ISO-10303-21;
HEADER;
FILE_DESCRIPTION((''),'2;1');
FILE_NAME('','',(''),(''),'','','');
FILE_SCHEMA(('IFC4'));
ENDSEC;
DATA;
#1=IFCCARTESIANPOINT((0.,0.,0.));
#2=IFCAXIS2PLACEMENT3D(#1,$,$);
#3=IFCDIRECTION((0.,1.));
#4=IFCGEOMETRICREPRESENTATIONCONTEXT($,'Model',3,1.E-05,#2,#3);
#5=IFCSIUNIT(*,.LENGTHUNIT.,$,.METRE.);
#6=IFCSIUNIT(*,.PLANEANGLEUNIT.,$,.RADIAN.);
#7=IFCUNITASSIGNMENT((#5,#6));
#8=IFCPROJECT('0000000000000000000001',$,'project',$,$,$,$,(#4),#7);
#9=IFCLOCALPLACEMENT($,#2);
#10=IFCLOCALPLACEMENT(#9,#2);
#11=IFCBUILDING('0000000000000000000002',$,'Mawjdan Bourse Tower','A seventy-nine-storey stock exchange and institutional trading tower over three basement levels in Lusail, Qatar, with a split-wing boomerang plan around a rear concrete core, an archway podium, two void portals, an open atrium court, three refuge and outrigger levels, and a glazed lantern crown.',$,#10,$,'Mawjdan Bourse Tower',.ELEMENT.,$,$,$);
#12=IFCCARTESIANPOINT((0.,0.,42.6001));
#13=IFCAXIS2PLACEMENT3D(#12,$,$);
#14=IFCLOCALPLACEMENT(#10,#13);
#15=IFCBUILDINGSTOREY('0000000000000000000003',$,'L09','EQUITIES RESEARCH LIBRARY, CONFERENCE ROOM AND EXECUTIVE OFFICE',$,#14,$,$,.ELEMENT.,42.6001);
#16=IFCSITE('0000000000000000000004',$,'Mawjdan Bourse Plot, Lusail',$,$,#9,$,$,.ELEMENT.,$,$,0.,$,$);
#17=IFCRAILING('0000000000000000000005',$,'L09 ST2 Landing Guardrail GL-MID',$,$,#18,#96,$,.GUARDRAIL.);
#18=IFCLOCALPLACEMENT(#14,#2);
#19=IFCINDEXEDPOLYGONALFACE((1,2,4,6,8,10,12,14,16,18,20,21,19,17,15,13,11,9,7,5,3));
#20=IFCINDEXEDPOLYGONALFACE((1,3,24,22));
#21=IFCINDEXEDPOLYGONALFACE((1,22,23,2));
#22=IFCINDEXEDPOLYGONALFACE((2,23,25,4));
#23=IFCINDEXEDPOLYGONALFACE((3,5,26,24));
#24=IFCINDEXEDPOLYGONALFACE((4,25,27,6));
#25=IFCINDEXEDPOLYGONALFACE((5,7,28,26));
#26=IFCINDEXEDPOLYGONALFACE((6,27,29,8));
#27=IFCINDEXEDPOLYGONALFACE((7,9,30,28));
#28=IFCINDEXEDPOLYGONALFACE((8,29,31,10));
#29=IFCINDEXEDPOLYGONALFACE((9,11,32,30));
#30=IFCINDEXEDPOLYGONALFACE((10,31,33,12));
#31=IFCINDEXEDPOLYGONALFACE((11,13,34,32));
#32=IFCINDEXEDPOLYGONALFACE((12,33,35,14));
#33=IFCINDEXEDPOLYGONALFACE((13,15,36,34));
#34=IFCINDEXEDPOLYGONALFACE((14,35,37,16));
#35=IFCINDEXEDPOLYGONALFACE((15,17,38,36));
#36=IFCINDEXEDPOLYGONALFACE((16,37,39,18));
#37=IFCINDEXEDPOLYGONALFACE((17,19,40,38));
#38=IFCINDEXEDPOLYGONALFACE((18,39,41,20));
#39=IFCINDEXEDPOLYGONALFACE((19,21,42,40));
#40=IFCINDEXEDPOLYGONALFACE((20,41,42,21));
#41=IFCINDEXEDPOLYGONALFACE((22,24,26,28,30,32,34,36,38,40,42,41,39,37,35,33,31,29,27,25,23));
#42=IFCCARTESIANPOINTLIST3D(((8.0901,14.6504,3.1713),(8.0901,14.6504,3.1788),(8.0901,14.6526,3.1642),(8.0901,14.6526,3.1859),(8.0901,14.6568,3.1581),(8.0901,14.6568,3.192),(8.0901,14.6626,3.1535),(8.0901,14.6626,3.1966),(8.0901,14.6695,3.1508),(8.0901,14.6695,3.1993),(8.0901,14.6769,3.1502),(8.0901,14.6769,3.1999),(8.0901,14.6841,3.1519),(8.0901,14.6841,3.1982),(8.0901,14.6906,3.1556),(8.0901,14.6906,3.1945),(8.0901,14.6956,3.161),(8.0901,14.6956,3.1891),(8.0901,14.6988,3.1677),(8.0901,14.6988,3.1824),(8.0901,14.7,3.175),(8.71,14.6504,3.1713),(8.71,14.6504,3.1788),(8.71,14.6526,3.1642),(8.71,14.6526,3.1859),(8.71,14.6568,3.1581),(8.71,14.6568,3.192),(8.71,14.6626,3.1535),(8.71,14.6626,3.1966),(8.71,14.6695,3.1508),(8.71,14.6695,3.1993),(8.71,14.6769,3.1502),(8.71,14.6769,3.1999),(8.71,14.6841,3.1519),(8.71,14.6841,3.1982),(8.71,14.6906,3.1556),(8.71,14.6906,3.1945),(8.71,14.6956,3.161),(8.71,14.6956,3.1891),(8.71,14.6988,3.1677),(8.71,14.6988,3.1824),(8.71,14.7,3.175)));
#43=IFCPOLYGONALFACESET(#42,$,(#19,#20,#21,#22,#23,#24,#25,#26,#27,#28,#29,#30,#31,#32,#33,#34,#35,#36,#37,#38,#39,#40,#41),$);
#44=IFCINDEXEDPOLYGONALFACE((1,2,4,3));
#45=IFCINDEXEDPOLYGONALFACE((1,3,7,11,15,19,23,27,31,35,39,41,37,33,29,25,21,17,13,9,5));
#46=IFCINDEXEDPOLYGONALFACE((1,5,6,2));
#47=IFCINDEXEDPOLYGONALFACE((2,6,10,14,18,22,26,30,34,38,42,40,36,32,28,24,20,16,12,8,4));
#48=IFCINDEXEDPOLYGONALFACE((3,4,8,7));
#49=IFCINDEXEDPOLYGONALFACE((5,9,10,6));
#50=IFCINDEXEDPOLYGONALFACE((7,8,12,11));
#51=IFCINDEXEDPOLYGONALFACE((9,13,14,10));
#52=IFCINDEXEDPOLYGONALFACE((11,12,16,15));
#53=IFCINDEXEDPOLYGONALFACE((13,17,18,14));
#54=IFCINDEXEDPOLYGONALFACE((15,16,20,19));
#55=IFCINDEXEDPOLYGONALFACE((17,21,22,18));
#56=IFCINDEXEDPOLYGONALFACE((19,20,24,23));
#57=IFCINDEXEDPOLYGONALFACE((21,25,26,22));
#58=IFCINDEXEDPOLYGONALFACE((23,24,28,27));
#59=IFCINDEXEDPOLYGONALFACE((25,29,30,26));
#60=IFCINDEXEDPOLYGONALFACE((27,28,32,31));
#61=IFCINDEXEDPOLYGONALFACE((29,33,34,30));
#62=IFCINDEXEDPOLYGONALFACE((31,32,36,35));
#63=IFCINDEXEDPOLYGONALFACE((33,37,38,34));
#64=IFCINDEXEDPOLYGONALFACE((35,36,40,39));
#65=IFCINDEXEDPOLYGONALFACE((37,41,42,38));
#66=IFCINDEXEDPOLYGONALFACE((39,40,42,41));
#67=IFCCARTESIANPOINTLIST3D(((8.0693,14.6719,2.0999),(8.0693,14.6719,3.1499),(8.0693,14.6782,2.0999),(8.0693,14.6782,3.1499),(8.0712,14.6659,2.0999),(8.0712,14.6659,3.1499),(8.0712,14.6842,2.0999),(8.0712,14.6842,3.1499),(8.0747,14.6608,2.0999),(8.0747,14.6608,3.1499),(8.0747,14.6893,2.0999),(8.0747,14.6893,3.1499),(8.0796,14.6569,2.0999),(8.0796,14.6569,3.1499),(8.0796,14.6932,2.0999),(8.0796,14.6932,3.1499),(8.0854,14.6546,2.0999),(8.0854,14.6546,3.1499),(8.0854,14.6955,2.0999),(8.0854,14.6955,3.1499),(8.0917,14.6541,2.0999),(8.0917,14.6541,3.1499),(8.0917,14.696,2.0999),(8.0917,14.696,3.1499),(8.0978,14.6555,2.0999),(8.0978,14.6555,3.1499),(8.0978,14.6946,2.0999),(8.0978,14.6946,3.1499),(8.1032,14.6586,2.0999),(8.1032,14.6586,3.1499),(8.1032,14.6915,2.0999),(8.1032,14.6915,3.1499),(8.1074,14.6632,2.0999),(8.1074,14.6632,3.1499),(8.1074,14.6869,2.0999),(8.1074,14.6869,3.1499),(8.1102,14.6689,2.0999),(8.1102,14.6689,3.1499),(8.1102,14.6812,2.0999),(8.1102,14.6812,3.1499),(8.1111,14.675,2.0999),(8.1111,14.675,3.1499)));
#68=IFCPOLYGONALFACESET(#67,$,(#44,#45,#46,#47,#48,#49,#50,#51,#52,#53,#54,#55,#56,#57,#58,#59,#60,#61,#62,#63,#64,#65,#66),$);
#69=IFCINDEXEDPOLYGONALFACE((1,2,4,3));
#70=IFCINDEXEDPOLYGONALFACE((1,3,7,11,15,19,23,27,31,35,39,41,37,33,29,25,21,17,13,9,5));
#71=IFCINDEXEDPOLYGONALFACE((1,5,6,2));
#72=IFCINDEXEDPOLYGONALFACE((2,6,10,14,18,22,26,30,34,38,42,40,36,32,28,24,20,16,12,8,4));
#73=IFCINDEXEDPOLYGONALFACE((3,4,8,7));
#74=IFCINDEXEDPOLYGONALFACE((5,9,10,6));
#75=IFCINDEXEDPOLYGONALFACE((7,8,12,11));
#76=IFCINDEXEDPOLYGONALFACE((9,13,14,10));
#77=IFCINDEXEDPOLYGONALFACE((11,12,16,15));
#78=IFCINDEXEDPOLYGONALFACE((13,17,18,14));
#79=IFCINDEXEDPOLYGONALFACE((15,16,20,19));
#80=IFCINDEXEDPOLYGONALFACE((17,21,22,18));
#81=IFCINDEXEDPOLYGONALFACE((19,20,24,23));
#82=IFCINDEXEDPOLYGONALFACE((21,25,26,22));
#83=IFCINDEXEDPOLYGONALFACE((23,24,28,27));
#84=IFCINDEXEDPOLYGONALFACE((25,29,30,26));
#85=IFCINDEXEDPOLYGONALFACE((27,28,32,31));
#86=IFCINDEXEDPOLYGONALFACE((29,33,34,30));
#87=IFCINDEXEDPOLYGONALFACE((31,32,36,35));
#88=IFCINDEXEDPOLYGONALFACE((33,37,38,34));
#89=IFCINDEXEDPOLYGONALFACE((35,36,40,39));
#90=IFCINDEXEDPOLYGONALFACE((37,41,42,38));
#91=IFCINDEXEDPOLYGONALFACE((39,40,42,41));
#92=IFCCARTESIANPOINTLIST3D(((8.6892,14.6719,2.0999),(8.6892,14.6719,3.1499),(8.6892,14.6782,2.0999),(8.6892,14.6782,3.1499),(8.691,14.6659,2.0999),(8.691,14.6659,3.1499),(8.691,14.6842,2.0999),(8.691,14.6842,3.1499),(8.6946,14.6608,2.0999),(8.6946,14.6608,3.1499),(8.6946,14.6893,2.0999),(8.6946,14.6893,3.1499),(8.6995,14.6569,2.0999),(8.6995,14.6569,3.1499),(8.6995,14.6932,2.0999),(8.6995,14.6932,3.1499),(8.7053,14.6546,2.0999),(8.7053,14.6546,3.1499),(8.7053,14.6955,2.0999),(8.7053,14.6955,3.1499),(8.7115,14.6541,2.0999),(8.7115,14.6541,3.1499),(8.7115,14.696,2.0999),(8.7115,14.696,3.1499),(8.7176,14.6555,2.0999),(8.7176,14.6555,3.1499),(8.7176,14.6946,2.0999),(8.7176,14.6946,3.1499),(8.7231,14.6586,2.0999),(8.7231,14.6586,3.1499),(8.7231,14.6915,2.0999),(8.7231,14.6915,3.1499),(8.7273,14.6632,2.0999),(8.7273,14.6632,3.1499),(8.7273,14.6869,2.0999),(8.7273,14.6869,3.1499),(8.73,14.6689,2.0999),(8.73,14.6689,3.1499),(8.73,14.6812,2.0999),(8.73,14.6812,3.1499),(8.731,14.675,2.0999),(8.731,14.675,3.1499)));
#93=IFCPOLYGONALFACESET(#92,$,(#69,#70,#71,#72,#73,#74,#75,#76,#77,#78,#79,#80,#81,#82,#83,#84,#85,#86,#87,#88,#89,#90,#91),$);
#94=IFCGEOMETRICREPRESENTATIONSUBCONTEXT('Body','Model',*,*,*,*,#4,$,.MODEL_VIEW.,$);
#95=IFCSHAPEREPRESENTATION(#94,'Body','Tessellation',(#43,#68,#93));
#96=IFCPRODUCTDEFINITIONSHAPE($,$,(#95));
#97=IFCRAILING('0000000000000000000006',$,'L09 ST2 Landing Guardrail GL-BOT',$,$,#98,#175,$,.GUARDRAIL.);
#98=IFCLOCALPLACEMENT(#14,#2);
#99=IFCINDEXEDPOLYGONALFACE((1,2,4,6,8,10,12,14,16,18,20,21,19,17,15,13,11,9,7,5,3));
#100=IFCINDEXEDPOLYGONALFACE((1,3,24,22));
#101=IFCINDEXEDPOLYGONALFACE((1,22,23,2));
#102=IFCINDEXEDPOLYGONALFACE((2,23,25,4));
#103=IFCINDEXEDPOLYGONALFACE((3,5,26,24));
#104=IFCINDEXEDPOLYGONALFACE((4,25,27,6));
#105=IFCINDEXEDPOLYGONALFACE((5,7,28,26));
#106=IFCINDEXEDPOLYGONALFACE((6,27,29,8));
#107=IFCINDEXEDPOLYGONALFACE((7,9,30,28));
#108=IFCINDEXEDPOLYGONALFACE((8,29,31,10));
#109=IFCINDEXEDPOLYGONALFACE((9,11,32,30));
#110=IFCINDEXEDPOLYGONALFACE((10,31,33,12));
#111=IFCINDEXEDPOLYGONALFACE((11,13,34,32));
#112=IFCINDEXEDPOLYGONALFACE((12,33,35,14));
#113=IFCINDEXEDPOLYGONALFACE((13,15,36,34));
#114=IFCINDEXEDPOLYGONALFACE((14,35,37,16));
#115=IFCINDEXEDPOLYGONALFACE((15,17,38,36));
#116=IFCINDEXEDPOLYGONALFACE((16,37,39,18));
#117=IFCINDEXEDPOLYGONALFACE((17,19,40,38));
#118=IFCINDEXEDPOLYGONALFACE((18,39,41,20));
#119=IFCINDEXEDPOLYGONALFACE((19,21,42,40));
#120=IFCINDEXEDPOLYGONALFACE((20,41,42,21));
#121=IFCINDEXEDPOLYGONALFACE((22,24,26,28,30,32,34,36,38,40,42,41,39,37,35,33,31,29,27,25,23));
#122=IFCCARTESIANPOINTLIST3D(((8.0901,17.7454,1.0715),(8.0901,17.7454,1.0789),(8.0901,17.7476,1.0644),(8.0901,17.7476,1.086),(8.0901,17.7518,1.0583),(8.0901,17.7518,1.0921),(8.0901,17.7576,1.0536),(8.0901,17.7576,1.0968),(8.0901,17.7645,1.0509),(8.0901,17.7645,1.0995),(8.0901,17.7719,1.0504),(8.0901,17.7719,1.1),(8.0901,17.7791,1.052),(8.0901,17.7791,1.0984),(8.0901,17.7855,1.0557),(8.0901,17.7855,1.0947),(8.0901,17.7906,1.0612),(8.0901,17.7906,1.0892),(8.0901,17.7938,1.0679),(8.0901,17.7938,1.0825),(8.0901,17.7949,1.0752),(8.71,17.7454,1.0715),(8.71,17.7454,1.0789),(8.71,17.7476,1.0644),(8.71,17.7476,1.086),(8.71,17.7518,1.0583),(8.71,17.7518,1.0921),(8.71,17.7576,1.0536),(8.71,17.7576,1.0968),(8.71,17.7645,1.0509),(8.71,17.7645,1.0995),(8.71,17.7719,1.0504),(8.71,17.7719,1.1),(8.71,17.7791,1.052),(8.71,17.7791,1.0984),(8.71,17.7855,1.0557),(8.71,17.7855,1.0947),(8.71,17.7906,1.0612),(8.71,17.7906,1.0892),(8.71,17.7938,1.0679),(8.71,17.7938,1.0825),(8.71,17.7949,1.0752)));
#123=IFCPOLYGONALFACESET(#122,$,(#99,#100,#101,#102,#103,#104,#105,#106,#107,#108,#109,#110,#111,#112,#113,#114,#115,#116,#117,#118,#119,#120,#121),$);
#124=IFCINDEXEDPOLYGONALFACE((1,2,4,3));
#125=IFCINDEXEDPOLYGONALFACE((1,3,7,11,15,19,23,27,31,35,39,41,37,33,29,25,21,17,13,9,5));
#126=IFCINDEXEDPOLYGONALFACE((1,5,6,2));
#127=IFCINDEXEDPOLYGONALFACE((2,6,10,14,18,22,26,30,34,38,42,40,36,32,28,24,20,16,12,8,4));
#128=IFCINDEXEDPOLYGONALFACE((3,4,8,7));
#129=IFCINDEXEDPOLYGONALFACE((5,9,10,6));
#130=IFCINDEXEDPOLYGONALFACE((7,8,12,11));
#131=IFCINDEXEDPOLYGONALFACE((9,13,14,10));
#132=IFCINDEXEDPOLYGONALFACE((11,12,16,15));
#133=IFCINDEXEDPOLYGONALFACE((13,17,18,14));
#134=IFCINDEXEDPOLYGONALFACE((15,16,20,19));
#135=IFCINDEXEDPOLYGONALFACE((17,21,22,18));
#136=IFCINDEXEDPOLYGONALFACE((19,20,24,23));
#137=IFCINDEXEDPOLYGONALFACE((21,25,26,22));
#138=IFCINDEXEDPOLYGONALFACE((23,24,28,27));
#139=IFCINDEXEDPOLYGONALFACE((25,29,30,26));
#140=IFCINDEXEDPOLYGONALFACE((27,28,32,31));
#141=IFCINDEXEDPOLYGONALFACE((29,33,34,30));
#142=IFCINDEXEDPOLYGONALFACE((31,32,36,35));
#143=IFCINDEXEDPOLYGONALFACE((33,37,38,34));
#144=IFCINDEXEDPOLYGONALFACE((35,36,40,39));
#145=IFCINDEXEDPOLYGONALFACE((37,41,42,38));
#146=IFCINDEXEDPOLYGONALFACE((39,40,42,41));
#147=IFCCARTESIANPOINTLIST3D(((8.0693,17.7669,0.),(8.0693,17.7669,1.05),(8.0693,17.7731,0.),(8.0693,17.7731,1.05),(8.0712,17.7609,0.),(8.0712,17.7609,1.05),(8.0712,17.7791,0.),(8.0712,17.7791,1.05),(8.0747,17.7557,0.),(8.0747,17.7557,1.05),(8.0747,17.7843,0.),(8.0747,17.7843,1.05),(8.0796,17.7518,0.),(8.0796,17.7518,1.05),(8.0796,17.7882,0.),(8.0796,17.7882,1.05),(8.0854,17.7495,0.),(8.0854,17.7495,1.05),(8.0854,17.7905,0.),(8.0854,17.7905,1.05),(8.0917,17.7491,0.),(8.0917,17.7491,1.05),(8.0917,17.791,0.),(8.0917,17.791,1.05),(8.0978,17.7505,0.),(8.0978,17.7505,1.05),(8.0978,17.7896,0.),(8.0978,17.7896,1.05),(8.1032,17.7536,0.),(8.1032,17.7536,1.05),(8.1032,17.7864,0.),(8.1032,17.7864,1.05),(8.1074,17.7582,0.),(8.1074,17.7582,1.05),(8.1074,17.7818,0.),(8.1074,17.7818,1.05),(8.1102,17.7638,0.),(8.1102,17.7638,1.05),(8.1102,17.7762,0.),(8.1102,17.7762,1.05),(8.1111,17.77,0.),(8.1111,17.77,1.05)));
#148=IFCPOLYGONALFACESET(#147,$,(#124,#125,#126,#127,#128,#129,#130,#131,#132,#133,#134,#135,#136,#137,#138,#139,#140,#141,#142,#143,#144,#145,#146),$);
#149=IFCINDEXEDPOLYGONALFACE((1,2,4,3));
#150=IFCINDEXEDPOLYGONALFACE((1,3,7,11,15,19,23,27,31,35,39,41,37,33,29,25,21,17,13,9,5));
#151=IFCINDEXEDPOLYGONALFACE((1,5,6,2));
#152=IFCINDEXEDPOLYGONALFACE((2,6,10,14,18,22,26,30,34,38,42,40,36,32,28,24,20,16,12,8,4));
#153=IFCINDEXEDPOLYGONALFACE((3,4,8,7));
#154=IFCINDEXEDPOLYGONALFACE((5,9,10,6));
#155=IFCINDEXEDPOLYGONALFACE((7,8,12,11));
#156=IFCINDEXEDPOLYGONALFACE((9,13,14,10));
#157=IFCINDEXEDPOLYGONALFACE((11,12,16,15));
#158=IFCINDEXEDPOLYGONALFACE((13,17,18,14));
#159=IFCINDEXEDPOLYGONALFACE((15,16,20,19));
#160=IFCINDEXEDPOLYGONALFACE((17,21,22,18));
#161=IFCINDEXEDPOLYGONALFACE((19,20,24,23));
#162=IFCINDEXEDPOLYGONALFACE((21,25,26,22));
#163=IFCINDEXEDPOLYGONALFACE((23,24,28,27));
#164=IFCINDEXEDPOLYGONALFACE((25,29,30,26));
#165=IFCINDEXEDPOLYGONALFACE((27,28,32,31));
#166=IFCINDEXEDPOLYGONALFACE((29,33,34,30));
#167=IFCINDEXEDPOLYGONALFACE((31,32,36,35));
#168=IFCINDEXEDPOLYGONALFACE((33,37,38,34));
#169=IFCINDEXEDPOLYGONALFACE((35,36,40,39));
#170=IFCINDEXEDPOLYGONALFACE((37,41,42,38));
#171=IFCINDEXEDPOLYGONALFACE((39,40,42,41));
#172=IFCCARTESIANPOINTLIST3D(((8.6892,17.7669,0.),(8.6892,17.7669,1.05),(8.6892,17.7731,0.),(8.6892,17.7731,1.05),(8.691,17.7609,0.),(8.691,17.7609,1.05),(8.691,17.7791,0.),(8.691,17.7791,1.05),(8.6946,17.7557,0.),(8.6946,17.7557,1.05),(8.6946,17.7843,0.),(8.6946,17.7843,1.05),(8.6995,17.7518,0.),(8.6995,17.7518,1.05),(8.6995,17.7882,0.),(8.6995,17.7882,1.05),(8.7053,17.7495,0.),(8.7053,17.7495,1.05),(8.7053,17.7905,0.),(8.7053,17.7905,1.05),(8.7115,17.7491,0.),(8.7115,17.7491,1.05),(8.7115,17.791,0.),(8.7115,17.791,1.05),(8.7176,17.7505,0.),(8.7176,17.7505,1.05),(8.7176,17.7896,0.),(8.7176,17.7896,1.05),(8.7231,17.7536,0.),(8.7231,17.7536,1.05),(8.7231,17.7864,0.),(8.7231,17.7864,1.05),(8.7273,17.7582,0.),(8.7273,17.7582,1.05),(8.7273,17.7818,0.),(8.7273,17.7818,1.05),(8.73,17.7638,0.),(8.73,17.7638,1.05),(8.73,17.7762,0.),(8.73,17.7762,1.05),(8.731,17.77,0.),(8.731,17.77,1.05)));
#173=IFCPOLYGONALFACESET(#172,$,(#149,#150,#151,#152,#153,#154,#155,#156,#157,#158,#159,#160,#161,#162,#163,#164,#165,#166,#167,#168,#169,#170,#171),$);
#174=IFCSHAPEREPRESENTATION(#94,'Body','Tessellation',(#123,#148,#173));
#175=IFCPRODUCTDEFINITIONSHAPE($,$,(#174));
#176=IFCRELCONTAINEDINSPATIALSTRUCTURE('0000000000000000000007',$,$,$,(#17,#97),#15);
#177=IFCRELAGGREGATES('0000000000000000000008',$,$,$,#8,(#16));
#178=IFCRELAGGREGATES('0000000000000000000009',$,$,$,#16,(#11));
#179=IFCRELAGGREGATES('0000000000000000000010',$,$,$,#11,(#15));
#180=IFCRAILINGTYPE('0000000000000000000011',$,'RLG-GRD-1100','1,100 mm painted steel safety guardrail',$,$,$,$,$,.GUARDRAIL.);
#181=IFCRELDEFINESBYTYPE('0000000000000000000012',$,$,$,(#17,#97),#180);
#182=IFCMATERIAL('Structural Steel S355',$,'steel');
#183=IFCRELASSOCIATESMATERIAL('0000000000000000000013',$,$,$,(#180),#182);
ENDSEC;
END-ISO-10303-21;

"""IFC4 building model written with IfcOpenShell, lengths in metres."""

from ifc_helpers import new_model, si_unit, direction, frame, origin, origin_2d, place, context, subcontext, project, spatial, circle, extrude, material, type_object, element, save


model = new_model("IFC4")

# Units and contexts
model_context = context("Model", 3, precision=1e-05, world=origin(), true_north=direction((0.0, 1.0)))
body_context = subcontext(model_context, "Body", "Model", "MODEL_VIEW")
ifc_project = project(units=[si_unit("LENGTHUNIT", "METRE"), si_unit("PLANEANGLEUNIT", "RADIAN")], contexts=[model_context])

# Site, building, storey
site_placement = place(None, origin())
site = spatial("IfcSite", under=ifc_project, at=site_placement, Name="Mawjdan Bourse Plot, Lusail", CompositionType="ELEMENT", RefElevation=0.0)
building_placement = place(site_placement, origin())
building = spatial("IfcBuilding", under=site, at=building_placement, Name="Mawjdan Bourse Tower", Description="A seventy-nine-storey stock exchange and institutional trading tower over three basement levels in Lusail, Qatar, with a split-wing boomerang plan around a rear concrete core, an archway podium, two void portals, an open atrium court, three refuge and outrigger levels, and a glazed lantern crown.", LongName="Mawjdan Bourse Tower", CompositionType="ELEMENT")
storey_placement = place(building_placement, frame((0.0, 0.0, 42.6001)))
storey = spatial("IfcBuildingStorey", under=building, at=storey_placement, Name="L09", Description="EQUITIES RESEARCH LIBRARY, CONFERENCE ROOM AND EXECUTIVE OFFICE", CompositionType="ELEMENT", Elevation=42.6001)

# Shared definitions
ifc_material_1 = material(Name="Structural Steel S355", Category="steel")

# Railings
railing_type_1 = type_object("IfcRailingType", Name="RLG-GRD-1100", Description="1,100 mm painted steel safety guardrail", PredefinedType="GUARDRAIL", material=ifc_material_1)
for number, where, name in (
    (1, (8.0901, 14.675, 2.0999), "L09 ST2 Landing Guardrail GL-MID"),
    (2, (8.0901, 17.77, 0.0), "L09 ST2 Landing Guardrail GL-BOT"),
):
    element("IfcRailing", number, at=place(storey_placement, frame(where)), inside=storey, type_object=railing_type_1, Name=name, PredefinedType="GUARDRAIL", context=body_context, shape_type="SweptSolid", body=[
        extrude(circle(Radius=0.0249, at=origin_2d()), frame((0.0, 0.0, 1.0752), z_axis=(1.0, 0.0, 0.0), x_axis=(0.0, 1.0, 0.0)), (0.0, 0.0, 1.0), 0.6199),
        extrude(circle(Radius=0.021, at=origin_2d()), origin(), (0.0, 0.0, 1.0), 1.05),
        extrude(circle(Radius=0.021, at=origin_2d()), frame((0.6199, 0.0, 0.0)), (0.0, 0.0, 1.0), 1.05),
    ])

save(model, "model.ifc")
